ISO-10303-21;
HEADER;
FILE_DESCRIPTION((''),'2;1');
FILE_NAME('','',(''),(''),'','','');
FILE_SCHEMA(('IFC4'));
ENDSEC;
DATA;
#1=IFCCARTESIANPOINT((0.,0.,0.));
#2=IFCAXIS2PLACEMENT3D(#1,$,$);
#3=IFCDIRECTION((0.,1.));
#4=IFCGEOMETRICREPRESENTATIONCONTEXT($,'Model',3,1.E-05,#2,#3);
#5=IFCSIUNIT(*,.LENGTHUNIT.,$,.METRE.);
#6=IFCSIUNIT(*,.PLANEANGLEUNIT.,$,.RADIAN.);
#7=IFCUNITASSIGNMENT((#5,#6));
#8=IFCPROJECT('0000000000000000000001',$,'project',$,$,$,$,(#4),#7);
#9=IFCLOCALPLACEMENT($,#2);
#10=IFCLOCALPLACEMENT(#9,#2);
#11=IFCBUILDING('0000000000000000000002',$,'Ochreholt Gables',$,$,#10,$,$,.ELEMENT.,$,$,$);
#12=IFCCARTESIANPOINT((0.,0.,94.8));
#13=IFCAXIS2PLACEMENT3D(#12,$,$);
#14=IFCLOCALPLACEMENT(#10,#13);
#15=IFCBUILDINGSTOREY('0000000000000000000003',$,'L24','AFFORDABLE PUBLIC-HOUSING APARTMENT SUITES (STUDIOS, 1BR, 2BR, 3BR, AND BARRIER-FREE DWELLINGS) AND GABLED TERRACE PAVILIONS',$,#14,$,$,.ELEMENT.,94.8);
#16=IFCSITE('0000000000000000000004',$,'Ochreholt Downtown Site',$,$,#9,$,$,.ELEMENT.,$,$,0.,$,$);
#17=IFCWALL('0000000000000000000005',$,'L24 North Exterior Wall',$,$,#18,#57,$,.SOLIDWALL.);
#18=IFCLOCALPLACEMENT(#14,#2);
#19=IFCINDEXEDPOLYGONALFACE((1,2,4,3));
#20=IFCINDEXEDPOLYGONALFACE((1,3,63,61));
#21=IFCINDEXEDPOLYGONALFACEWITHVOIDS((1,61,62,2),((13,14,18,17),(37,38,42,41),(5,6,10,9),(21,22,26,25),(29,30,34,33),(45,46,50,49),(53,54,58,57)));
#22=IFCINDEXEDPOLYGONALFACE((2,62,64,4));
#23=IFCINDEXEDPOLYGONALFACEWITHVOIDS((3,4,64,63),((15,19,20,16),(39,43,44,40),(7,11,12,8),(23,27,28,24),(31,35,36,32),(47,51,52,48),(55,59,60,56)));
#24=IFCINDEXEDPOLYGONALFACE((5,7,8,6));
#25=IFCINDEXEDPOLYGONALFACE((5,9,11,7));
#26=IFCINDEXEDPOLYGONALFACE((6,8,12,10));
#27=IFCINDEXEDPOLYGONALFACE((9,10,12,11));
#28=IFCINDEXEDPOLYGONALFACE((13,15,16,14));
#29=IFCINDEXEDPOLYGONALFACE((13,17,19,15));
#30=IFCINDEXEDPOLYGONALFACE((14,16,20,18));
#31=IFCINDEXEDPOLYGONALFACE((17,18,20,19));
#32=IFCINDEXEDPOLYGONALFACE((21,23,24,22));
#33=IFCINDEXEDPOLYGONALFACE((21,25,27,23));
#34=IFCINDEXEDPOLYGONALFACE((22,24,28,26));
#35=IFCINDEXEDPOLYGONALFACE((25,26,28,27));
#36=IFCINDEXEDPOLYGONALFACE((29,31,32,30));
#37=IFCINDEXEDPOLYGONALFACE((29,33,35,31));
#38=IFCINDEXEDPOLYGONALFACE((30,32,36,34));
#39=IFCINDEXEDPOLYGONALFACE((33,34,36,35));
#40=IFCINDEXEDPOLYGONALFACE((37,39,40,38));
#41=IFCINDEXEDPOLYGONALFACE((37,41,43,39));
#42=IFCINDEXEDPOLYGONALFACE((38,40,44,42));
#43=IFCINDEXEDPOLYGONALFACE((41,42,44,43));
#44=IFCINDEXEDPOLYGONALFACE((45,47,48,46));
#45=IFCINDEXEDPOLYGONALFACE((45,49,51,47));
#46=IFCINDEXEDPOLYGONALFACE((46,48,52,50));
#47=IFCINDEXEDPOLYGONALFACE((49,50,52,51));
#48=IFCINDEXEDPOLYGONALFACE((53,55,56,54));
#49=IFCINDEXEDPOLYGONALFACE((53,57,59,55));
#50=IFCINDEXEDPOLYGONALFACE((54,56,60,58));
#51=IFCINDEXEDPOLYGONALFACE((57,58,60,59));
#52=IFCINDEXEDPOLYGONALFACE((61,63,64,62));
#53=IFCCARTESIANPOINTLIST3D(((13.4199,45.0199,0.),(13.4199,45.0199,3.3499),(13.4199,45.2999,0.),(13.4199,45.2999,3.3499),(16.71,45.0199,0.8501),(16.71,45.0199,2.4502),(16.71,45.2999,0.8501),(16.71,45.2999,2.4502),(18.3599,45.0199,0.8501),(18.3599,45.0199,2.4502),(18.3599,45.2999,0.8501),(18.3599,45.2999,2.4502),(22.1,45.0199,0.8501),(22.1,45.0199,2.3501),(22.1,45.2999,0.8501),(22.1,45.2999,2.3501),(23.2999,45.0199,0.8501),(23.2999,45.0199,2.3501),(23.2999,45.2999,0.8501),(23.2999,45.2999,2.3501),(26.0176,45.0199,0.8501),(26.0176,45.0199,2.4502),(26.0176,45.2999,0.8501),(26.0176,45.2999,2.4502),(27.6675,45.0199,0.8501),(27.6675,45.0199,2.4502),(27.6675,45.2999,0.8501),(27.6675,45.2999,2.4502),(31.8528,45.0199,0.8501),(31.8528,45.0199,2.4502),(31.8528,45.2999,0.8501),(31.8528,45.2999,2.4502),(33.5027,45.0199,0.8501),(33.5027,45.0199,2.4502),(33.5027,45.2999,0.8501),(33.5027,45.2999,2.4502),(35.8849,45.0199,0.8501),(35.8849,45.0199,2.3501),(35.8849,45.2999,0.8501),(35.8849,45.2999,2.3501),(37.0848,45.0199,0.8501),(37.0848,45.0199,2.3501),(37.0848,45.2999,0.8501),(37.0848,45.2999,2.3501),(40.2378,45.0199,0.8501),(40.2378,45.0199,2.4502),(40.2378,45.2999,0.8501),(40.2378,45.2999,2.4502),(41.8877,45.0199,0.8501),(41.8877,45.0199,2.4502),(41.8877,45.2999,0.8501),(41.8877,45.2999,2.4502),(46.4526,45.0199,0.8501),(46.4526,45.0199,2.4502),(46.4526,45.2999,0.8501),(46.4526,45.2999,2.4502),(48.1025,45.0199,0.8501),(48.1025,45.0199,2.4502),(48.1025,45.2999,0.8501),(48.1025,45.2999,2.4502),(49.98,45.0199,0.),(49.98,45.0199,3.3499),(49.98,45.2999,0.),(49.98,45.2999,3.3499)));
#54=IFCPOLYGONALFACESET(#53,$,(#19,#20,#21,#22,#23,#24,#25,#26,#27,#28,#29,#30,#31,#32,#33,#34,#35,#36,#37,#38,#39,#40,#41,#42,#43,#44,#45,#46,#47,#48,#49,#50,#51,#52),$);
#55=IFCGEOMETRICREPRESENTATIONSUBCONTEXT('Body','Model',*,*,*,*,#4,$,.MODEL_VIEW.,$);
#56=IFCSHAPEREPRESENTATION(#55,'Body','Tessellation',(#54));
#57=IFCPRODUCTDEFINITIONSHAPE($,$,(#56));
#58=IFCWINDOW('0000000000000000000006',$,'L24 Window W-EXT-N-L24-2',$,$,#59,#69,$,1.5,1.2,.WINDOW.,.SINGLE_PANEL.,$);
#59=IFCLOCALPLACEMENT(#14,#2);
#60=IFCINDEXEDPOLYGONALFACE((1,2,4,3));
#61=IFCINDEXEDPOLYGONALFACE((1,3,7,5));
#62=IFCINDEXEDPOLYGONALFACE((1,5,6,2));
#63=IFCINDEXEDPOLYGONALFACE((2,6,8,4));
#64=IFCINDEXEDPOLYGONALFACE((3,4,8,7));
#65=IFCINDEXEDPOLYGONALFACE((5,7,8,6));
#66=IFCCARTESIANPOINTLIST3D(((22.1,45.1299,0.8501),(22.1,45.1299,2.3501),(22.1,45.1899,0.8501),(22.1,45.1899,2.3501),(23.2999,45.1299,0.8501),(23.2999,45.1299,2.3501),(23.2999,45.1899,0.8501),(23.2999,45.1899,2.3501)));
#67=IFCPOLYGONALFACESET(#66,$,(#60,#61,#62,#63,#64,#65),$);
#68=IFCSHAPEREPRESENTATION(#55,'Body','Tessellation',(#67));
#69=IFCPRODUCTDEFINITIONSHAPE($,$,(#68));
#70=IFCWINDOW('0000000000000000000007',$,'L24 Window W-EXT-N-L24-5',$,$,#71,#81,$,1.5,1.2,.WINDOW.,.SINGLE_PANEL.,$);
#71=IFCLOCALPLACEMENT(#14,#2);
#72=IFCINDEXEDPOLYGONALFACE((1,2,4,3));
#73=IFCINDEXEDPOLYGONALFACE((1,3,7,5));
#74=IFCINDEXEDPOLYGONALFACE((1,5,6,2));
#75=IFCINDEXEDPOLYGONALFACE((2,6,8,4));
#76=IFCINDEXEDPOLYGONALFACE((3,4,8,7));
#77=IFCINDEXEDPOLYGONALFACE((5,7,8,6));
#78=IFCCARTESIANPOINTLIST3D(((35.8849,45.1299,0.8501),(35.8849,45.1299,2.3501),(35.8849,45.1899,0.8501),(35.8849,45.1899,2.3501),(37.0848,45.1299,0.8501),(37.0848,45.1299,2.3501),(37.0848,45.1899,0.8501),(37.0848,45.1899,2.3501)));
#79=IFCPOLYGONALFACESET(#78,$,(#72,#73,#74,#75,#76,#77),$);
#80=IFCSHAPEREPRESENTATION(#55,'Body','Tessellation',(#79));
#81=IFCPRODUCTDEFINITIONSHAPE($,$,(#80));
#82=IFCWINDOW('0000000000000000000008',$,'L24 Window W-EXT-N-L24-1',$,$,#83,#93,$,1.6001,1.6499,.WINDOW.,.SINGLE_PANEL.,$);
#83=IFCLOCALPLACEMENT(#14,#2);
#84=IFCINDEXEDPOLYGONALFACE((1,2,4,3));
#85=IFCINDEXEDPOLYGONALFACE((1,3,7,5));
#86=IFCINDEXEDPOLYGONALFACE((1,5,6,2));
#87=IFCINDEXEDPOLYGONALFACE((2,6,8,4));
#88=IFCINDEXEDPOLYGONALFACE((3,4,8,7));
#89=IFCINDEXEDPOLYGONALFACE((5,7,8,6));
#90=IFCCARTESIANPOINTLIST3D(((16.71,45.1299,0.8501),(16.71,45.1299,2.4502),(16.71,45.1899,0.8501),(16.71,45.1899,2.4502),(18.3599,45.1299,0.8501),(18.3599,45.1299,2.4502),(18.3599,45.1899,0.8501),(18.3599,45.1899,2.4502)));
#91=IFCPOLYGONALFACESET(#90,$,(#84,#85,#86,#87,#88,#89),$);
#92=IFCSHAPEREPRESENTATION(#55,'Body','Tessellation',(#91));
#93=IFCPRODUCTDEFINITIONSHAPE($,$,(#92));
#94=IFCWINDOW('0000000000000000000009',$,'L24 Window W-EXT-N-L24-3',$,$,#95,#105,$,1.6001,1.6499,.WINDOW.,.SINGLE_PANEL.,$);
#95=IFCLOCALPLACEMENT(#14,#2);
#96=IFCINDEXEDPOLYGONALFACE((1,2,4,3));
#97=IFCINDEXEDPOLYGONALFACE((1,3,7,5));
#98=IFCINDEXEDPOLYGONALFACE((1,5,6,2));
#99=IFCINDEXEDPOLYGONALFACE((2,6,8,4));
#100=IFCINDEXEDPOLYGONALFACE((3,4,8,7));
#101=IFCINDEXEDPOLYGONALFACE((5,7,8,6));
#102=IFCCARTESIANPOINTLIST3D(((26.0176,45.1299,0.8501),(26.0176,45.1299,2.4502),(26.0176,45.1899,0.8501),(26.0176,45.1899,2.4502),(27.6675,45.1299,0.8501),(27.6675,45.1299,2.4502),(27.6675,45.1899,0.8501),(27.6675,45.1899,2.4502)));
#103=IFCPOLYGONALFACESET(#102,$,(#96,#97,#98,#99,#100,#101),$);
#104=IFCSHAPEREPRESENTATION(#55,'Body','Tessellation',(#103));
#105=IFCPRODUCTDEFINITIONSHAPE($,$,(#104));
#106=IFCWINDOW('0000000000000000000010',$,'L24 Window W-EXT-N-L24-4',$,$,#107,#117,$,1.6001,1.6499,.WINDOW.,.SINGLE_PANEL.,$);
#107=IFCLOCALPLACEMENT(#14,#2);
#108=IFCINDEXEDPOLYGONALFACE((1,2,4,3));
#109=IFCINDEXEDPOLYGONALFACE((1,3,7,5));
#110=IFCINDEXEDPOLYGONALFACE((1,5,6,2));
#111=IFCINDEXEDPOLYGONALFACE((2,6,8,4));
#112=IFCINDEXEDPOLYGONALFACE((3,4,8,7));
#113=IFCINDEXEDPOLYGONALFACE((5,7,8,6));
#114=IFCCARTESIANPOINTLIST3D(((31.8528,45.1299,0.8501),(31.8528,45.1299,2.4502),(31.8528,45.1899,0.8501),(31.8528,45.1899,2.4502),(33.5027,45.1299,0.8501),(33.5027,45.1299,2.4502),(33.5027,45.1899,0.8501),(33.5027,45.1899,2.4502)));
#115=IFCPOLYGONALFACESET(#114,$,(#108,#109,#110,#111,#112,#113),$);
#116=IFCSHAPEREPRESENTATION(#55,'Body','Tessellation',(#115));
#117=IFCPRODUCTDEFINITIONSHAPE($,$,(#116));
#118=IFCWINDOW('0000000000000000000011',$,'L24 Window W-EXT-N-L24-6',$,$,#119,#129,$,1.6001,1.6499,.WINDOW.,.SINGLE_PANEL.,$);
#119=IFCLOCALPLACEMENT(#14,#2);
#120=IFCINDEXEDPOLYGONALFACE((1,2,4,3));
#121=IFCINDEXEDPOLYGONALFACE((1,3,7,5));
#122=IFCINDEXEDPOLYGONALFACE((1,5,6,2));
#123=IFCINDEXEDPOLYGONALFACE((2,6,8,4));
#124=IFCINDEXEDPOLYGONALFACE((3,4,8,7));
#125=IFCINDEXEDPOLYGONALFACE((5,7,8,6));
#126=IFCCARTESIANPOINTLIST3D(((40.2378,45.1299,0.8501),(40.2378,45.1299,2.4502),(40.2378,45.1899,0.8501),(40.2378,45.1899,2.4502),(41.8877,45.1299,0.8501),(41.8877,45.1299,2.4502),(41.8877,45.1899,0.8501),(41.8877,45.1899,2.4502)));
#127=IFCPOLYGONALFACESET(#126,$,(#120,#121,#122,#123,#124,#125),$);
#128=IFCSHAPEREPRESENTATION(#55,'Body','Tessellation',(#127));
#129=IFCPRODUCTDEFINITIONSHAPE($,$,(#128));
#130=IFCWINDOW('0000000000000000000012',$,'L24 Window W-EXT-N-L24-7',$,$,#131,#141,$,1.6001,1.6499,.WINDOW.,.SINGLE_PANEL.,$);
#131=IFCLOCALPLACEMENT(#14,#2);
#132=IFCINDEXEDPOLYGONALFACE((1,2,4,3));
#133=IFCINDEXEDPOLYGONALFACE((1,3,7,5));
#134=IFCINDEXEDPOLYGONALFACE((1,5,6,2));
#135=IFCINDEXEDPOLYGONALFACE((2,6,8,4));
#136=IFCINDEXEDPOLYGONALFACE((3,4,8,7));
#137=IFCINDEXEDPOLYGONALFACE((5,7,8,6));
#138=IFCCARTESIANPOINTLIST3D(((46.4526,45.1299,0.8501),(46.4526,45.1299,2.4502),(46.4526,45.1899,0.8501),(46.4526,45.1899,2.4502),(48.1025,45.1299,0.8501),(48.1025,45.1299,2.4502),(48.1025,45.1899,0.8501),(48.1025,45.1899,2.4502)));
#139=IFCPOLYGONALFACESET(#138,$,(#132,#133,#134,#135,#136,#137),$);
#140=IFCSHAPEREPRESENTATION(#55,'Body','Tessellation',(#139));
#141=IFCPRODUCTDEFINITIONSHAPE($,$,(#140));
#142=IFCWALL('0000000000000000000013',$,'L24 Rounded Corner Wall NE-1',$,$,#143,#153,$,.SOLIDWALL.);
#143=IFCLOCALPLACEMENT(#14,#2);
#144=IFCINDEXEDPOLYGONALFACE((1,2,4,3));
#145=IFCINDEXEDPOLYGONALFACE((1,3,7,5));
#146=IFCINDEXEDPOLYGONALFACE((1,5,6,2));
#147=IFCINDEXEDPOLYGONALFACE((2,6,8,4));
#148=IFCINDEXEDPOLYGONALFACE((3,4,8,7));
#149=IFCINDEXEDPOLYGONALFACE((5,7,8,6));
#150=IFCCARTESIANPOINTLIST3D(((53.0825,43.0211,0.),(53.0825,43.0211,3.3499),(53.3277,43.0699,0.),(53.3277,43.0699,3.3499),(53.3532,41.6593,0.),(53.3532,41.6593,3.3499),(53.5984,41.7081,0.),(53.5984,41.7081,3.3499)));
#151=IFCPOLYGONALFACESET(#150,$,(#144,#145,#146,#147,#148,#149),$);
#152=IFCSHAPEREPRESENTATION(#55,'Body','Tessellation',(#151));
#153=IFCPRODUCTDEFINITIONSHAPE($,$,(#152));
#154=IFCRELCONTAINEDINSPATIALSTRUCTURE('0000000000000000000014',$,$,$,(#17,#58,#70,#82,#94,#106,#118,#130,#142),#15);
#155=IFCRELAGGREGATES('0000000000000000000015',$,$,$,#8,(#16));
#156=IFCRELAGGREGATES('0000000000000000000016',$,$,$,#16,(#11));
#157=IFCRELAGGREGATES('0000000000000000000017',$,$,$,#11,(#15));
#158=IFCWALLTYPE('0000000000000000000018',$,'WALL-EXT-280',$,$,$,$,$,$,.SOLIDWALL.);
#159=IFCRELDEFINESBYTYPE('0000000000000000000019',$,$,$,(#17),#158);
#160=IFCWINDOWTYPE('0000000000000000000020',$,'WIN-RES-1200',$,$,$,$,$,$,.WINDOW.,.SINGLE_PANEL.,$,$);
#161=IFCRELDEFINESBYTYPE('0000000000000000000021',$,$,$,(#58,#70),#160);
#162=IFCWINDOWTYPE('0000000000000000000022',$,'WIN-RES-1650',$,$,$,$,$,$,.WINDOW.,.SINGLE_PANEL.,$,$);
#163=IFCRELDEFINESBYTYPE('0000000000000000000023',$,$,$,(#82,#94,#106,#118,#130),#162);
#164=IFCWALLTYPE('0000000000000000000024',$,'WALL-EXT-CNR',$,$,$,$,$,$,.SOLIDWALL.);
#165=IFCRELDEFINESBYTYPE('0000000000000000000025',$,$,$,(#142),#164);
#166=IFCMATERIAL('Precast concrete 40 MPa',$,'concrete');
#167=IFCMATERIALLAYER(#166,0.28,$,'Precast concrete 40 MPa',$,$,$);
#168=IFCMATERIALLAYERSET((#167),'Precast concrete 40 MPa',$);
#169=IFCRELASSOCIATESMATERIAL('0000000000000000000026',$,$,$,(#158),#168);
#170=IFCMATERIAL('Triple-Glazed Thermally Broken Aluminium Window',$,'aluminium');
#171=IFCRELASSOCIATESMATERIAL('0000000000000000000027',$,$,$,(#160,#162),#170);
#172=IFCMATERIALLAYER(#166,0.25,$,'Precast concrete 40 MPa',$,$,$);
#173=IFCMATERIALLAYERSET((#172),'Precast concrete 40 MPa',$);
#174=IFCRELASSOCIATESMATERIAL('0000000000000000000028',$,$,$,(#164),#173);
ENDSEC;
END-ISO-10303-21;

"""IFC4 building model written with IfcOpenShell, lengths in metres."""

from ifc_helpers import new_model, si_unit, direction, frame, frame_2d, origin, place, context, subcontext, project, spatial, rectangle, extrude, material, layer, layer_set, type_object, element, fill, save


model = new_model("IFC4")

# Units and contexts
model_context = context("Model", 3, precision=1e-05, world=origin(), true_north=direction((0.0, 1.0)))
body_context = subcontext(model_context, "Body", "Model", "MODEL_VIEW")
ifc_project = project(units=[si_unit("LENGTHUNIT", "METRE"), si_unit("PLANEANGLEUNIT", "RADIAN")], contexts=[model_context])

# Site, building, storey
site_placement = place(None, origin())
site = spatial("IfcSite", under=ifc_project, at=site_placement, Name="Ochreholt Downtown Site", CompositionType="ELEMENT", RefElevation=0.0)
building_placement = place(site_placement, origin())
building = spatial("IfcBuilding", under=site, at=building_placement, Name="Ochreholt Gables", CompositionType="ELEMENT")
storey_placement = place(building_placement, frame((0.0, 0.0, 94.8)))
storey = spatial("IfcBuildingStorey", under=building, at=storey_placement, Name="L24", Description="AFFORDABLE PUBLIC-HOUSING APARTMENT SUITES (STUDIOS, 1BR, 2BR, 3BR, AND BARRIER-FREE DWELLINGS) AND GABLED TERRACE PAVILIONS", CompositionType="ELEMENT", Elevation=94.8)

# Wall, openings, windows
ifc_material_1 = material(Name="Precast concrete 40 MPa", Category="concrete")
ifc_layer_1 = layer(ifc_material_1, 0.28, Name="Precast concrete 40 MPa")
ifc_layer_set_1 = layer_set([ifc_layer_1], Name="Precast concrete 40 MPa")
wall_type_1 = type_object("IfcWallType", Name="WALL-EXT-280", PredefinedType="SOLIDWALL", material=ifc_layer_set_1)
wall_1_placement = place(storey_placement, frame((49.98, 45.1599, 0.0), z_axis=(0.0, 0.0, 1.0), x_axis=(-1.0, 0.0, 0.0)))
wall_1 = element("IfcWall", 1, at=wall_1_placement, inside=storey, type_object=wall_type_1, Name="L24 North Exterior Wall", PredefinedType="SOLIDWALL", context=body_context, shape_type="SweptSolid", body=[
    extrude(rectangle(XDim=36.5601, YDim=0.28, at=frame_2d((18.28, 0.0))), origin(), (0.0, 0.0, 1.0), 3.3499),
])
opening_1_placement = place(wall_1_placement, frame((31.6201, 0.0, 0.8501)))
opening_1 = element("IfcOpeningElement", 2, at=opening_1_placement, cuts=wall_1, PredefinedType="OPENING", context=body_context, shape_type="SweptSolid", body=[
    extrude(rectangle(XDim=1.6499, YDim=1.6001, at=frame_2d((0.825, 0.8))), frame((0.0, 0.1499, 0.0), z_axis=(0.0, -1.0, 0.0), x_axis=(1.0, 0.0, 0.0)), (0.0, 0.0, 1.0), 0.3),
])
opening_2_placement = place(wall_1_placement, frame((26.6799, 0.0, 0.8501)))
opening_2 = element("IfcOpeningElement", 3, at=opening_2_placement, cuts=wall_1, PredefinedType="OPENING", context=body_context, shape_type="SweptSolid", body=[
    extrude(rectangle(XDim=1.2, YDim=1.5, at=frame_2d((0.6001, 0.75))), frame((0.0, 0.1499, 0.0), z_axis=(0.0, -1.0, 0.0), x_axis=(1.0, 0.0, 0.0)), (0.0, 0.0, 1.0), 0.3),
])
opening_3_placement = place(wall_1_placement, frame((22.3125, 0.0, 0.8501)))
opening_3 = element("IfcOpeningElement", 4, at=opening_3_placement, cuts=wall_1, PredefinedType="OPENING", context=body_context, shape_type="SweptSolid", body=[
    extrude(rectangle(XDim=1.6499, YDim=1.6001, at=frame_2d((0.825, 0.8))), frame((0.0, 0.1499, 0.0), z_axis=(0.0, -1.0, 0.0), x_axis=(1.0, 0.0, 0.0)), (0.0, 0.0, 1.0), 0.3),
])
opening_4_placement = place(wall_1_placement, frame((16.4773, 0.0, 0.8501)))
opening_4 = element("IfcOpeningElement", 5, at=opening_4_placement, cuts=wall_1, PredefinedType="OPENING", context=body_context, shape_type="SweptSolid", body=[
    extrude(rectangle(XDim=1.6499, YDim=1.6001, at=frame_2d((0.825, 0.8))), frame((0.0, 0.1499, 0.0), z_axis=(0.0, -1.0, 0.0), x_axis=(1.0, 0.0, 0.0)), (0.0, 0.0, 1.0), 0.3),
])
opening_5_placement = place(wall_1_placement, frame((12.895, 0.0, 0.8501)))
opening_5 = element("IfcOpeningElement", 6, at=opening_5_placement, cuts=wall_1, PredefinedType="OPENING", context=body_context, shape_type="SweptSolid", body=[
    extrude(rectangle(XDim=1.2, YDim=1.5, at=frame_2d((0.6001, 0.75))), frame((0.0, 0.1499, 0.0), z_axis=(0.0, -1.0, 0.0), x_axis=(1.0, 0.0, 0.0)), (0.0, 0.0, 1.0), 0.3),
])
opening_6_placement = place(wall_1_placement, frame((8.0923, 0.0, 0.8501)))
opening_6 = element("IfcOpeningElement", 7, at=opening_6_placement, cuts=wall_1, PredefinedType="OPENING", context=body_context, shape_type="SweptSolid", body=[
    extrude(rectangle(XDim=1.6499, YDim=1.6001, at=frame_2d((0.825, 0.8))), frame((0.0, 0.1499, 0.0), z_axis=(0.0, -1.0, 0.0), x_axis=(1.0, 0.0, 0.0)), (0.0, 0.0, 1.0), 0.3),
])
opening_7_placement = place(wall_1_placement, frame((1.8774, 0.0, 0.8501)))
opening_7 = element("IfcOpeningElement", 8, at=opening_7_placement, cuts=wall_1, PredefinedType="OPENING", context=body_context, shape_type="SweptSolid", body=[
    extrude(rectangle(XDim=1.6499, YDim=1.6001, at=frame_2d((0.825, 0.8))), frame((0.0, 0.1499, 0.0), z_axis=(0.0, -1.0, 0.0), x_axis=(1.0, 0.0, 0.0)), (0.0, 0.0, 1.0), 0.3),
])
ifc_material_2 = material(Name="Triple-Glazed Thermally Broken Aluminium Window", Category="aluminium")
window_type_1 = type_object("IfcWindowType", Name="WIN-RES-1200", PartitioningType="SINGLE_PANEL", PredefinedType="WINDOW", material=ifc_material_2)
window_1_placement = place(opening_2_placement, origin())
window_1 = element("IfcWindow", 9, at=window_1_placement, inside=storey, type_object=window_type_1, Name="L24 Window W-EXT-N-L24-2", OverallHeight=1.5, OverallWidth=1.2, PartitioningType="SINGLE_PANEL", PredefinedType="WINDOW", context=body_context, shape_type="SweptSolid", body=[
    extrude(rectangle(XDim=1.2, YDim=1.5, at=frame_2d((0.6001, 0.75))), frame((0.0, 0.03, 0.0), z_axis=(0.0, -1.0, 0.0), x_axis=(1.0, 0.0, 0.0)), (0.0, 0.0, 1.0), 0.0601),
])
fill(opening_2, window_1)
window_2_placement = place(opening_5_placement, origin())
window_2 = element("IfcWindow", 10, at=window_2_placement, inside=storey, type_object=window_type_1, Name="L24 Window W-EXT-N-L24-5", OverallHeight=1.5, OverallWidth=1.2, PartitioningType="SINGLE_PANEL", PredefinedType="WINDOW", context=body_context, shape_type="SweptSolid", body=[
    extrude(rectangle(XDim=1.2, YDim=1.5, at=frame_2d((0.6001, 0.75))), frame((0.0, 0.03, 0.0), z_axis=(0.0, -1.0, 0.0), x_axis=(1.0, 0.0, 0.0)), (0.0, 0.0, 1.0), 0.0601),
])
fill(opening_5, window_2)
window_type_2 = type_object("IfcWindowType", Name="WIN-RES-1650", PartitioningType="SINGLE_PANEL", PredefinedType="WINDOW", material=ifc_material_2)
window_3_placement = place(opening_1_placement, origin())
window_3 = element("IfcWindow", 11, at=window_3_placement, inside=storey, type_object=window_type_2, Name="L24 Window W-EXT-N-L24-1", OverallHeight=1.6001, OverallWidth=1.6499, PartitioningType="SINGLE_PANEL", PredefinedType="WINDOW", context=body_context, shape_type="SweptSolid", body=[
    extrude(rectangle(XDim=1.6499, YDim=1.6001, at=frame_2d((0.825, 0.8))), frame((0.0, 0.03, 0.0), z_axis=(0.0, -1.0, 0.0), x_axis=(1.0, 0.0, 0.0)), (0.0, 0.0, 1.0), 0.0601),
])
fill(opening_1, window_3)
window_4_placement = place(opening_3_placement, origin())
window_4 = element("IfcWindow", 12, at=window_4_placement, inside=storey, type_object=window_type_2, Name="L24 Window W-EXT-N-L24-3", OverallHeight=1.6001, OverallWidth=1.6499, PartitioningType="SINGLE_PANEL", PredefinedType="WINDOW", context=body_context, shape_type="SweptSolid", body=[
    extrude(rectangle(XDim=1.6499, YDim=1.6001, at=frame_2d((0.825, 0.8))), frame((0.0, 0.03, 0.0), z_axis=(0.0, -1.0, 0.0), x_axis=(1.0, 0.0, 0.0)), (0.0, 0.0, 1.0), 0.0601),
])
fill(opening_3, window_4)
window_5_placement = place(opening_4_placement, origin())
window_5 = element("IfcWindow", 13, at=window_5_placement, inside=storey, type_object=window_type_2, Name="L24 Window W-EXT-N-L24-4", OverallHeight=1.6001, OverallWidth=1.6499, PartitioningType="SINGLE_PANEL", PredefinedType="WINDOW", context=body_context, shape_type="SweptSolid", body=[
    extrude(rectangle(XDim=1.6499, YDim=1.6001, at=frame_2d((0.825, 0.8))), frame((0.0, 0.03, 0.0), z_axis=(0.0, -1.0, 0.0), x_axis=(1.0, 0.0, 0.0)), (0.0, 0.0, 1.0), 0.0601),
])
fill(opening_4, window_5)
window_6_placement = place(opening_6_placement, origin())
window_6 = element("IfcWindow", 14, at=window_6_placement, inside=storey, type_object=window_type_2, Name="L24 Window W-EXT-N-L24-6", OverallHeight=1.6001, OverallWidth=1.6499, PartitioningType="SINGLE_PANEL", PredefinedType="WINDOW", context=body_context, shape_type="SweptSolid", body=[
    extrude(rectangle(XDim=1.6499, YDim=1.6001, at=frame_2d((0.825, 0.8))), frame((0.0, 0.03, 0.0), z_axis=(0.0, -1.0, 0.0), x_axis=(1.0, 0.0, 0.0)), (0.0, 0.0, 1.0), 0.0601),
])
fill(opening_6, window_6)
window_7_placement = place(opening_7_placement, origin())
window_7 = element("IfcWindow", 15, at=window_7_placement, inside=storey, type_object=window_type_2, Name="L24 Window W-EXT-N-L24-7", OverallHeight=1.6001, OverallWidth=1.6499, PartitioningType="SINGLE_PANEL", PredefinedType="WINDOW", context=body_context, shape_type="SweptSolid", body=[
    extrude(rectangle(XDim=1.6499, YDim=1.6001, at=frame_2d((0.825, 0.8))), frame((0.0, 0.03, 0.0), z_axis=(0.0, -1.0, 0.0), x_axis=(1.0, 0.0, 0.0)), (0.0, 0.0, 1.0), 0.0601),
])
fill(opening_7, window_7)

# Wall
ifc_layer_2 = layer(ifc_material_1, 0.25, Name="Precast concrete 40 MPa")
ifc_layer_set_2 = layer_set([ifc_layer_2], Name="Precast concrete 40 MPa")
wall_type_2 = type_object("IfcWallType", Name="WALL-EXT-CNR", PredefinedType="SOLIDWALL", material=ifc_layer_set_2)
wall_2_placement = place(storey_placement, frame((53.4758, 41.6836, 0.0), z_axis=(0.0, 0.0, 1.0), x_axis=(-0.195, 0.980803, 0.0)))
element("IfcWall", 16, at=wall_2_placement, inside=storey, type_object=wall_type_2, Name="L24 Rounded Corner Wall NE-1", PredefinedType="SOLIDWALL", context=body_context, shape_type="SweptSolid", body=[
    extrude(rectangle(XDim=1.3884, YDim=0.25, at=frame_2d((0.6943, 0.0))), origin(), (0.0, 0.0, 1.0), 3.3499),
])

save(model, "model.ifc")
